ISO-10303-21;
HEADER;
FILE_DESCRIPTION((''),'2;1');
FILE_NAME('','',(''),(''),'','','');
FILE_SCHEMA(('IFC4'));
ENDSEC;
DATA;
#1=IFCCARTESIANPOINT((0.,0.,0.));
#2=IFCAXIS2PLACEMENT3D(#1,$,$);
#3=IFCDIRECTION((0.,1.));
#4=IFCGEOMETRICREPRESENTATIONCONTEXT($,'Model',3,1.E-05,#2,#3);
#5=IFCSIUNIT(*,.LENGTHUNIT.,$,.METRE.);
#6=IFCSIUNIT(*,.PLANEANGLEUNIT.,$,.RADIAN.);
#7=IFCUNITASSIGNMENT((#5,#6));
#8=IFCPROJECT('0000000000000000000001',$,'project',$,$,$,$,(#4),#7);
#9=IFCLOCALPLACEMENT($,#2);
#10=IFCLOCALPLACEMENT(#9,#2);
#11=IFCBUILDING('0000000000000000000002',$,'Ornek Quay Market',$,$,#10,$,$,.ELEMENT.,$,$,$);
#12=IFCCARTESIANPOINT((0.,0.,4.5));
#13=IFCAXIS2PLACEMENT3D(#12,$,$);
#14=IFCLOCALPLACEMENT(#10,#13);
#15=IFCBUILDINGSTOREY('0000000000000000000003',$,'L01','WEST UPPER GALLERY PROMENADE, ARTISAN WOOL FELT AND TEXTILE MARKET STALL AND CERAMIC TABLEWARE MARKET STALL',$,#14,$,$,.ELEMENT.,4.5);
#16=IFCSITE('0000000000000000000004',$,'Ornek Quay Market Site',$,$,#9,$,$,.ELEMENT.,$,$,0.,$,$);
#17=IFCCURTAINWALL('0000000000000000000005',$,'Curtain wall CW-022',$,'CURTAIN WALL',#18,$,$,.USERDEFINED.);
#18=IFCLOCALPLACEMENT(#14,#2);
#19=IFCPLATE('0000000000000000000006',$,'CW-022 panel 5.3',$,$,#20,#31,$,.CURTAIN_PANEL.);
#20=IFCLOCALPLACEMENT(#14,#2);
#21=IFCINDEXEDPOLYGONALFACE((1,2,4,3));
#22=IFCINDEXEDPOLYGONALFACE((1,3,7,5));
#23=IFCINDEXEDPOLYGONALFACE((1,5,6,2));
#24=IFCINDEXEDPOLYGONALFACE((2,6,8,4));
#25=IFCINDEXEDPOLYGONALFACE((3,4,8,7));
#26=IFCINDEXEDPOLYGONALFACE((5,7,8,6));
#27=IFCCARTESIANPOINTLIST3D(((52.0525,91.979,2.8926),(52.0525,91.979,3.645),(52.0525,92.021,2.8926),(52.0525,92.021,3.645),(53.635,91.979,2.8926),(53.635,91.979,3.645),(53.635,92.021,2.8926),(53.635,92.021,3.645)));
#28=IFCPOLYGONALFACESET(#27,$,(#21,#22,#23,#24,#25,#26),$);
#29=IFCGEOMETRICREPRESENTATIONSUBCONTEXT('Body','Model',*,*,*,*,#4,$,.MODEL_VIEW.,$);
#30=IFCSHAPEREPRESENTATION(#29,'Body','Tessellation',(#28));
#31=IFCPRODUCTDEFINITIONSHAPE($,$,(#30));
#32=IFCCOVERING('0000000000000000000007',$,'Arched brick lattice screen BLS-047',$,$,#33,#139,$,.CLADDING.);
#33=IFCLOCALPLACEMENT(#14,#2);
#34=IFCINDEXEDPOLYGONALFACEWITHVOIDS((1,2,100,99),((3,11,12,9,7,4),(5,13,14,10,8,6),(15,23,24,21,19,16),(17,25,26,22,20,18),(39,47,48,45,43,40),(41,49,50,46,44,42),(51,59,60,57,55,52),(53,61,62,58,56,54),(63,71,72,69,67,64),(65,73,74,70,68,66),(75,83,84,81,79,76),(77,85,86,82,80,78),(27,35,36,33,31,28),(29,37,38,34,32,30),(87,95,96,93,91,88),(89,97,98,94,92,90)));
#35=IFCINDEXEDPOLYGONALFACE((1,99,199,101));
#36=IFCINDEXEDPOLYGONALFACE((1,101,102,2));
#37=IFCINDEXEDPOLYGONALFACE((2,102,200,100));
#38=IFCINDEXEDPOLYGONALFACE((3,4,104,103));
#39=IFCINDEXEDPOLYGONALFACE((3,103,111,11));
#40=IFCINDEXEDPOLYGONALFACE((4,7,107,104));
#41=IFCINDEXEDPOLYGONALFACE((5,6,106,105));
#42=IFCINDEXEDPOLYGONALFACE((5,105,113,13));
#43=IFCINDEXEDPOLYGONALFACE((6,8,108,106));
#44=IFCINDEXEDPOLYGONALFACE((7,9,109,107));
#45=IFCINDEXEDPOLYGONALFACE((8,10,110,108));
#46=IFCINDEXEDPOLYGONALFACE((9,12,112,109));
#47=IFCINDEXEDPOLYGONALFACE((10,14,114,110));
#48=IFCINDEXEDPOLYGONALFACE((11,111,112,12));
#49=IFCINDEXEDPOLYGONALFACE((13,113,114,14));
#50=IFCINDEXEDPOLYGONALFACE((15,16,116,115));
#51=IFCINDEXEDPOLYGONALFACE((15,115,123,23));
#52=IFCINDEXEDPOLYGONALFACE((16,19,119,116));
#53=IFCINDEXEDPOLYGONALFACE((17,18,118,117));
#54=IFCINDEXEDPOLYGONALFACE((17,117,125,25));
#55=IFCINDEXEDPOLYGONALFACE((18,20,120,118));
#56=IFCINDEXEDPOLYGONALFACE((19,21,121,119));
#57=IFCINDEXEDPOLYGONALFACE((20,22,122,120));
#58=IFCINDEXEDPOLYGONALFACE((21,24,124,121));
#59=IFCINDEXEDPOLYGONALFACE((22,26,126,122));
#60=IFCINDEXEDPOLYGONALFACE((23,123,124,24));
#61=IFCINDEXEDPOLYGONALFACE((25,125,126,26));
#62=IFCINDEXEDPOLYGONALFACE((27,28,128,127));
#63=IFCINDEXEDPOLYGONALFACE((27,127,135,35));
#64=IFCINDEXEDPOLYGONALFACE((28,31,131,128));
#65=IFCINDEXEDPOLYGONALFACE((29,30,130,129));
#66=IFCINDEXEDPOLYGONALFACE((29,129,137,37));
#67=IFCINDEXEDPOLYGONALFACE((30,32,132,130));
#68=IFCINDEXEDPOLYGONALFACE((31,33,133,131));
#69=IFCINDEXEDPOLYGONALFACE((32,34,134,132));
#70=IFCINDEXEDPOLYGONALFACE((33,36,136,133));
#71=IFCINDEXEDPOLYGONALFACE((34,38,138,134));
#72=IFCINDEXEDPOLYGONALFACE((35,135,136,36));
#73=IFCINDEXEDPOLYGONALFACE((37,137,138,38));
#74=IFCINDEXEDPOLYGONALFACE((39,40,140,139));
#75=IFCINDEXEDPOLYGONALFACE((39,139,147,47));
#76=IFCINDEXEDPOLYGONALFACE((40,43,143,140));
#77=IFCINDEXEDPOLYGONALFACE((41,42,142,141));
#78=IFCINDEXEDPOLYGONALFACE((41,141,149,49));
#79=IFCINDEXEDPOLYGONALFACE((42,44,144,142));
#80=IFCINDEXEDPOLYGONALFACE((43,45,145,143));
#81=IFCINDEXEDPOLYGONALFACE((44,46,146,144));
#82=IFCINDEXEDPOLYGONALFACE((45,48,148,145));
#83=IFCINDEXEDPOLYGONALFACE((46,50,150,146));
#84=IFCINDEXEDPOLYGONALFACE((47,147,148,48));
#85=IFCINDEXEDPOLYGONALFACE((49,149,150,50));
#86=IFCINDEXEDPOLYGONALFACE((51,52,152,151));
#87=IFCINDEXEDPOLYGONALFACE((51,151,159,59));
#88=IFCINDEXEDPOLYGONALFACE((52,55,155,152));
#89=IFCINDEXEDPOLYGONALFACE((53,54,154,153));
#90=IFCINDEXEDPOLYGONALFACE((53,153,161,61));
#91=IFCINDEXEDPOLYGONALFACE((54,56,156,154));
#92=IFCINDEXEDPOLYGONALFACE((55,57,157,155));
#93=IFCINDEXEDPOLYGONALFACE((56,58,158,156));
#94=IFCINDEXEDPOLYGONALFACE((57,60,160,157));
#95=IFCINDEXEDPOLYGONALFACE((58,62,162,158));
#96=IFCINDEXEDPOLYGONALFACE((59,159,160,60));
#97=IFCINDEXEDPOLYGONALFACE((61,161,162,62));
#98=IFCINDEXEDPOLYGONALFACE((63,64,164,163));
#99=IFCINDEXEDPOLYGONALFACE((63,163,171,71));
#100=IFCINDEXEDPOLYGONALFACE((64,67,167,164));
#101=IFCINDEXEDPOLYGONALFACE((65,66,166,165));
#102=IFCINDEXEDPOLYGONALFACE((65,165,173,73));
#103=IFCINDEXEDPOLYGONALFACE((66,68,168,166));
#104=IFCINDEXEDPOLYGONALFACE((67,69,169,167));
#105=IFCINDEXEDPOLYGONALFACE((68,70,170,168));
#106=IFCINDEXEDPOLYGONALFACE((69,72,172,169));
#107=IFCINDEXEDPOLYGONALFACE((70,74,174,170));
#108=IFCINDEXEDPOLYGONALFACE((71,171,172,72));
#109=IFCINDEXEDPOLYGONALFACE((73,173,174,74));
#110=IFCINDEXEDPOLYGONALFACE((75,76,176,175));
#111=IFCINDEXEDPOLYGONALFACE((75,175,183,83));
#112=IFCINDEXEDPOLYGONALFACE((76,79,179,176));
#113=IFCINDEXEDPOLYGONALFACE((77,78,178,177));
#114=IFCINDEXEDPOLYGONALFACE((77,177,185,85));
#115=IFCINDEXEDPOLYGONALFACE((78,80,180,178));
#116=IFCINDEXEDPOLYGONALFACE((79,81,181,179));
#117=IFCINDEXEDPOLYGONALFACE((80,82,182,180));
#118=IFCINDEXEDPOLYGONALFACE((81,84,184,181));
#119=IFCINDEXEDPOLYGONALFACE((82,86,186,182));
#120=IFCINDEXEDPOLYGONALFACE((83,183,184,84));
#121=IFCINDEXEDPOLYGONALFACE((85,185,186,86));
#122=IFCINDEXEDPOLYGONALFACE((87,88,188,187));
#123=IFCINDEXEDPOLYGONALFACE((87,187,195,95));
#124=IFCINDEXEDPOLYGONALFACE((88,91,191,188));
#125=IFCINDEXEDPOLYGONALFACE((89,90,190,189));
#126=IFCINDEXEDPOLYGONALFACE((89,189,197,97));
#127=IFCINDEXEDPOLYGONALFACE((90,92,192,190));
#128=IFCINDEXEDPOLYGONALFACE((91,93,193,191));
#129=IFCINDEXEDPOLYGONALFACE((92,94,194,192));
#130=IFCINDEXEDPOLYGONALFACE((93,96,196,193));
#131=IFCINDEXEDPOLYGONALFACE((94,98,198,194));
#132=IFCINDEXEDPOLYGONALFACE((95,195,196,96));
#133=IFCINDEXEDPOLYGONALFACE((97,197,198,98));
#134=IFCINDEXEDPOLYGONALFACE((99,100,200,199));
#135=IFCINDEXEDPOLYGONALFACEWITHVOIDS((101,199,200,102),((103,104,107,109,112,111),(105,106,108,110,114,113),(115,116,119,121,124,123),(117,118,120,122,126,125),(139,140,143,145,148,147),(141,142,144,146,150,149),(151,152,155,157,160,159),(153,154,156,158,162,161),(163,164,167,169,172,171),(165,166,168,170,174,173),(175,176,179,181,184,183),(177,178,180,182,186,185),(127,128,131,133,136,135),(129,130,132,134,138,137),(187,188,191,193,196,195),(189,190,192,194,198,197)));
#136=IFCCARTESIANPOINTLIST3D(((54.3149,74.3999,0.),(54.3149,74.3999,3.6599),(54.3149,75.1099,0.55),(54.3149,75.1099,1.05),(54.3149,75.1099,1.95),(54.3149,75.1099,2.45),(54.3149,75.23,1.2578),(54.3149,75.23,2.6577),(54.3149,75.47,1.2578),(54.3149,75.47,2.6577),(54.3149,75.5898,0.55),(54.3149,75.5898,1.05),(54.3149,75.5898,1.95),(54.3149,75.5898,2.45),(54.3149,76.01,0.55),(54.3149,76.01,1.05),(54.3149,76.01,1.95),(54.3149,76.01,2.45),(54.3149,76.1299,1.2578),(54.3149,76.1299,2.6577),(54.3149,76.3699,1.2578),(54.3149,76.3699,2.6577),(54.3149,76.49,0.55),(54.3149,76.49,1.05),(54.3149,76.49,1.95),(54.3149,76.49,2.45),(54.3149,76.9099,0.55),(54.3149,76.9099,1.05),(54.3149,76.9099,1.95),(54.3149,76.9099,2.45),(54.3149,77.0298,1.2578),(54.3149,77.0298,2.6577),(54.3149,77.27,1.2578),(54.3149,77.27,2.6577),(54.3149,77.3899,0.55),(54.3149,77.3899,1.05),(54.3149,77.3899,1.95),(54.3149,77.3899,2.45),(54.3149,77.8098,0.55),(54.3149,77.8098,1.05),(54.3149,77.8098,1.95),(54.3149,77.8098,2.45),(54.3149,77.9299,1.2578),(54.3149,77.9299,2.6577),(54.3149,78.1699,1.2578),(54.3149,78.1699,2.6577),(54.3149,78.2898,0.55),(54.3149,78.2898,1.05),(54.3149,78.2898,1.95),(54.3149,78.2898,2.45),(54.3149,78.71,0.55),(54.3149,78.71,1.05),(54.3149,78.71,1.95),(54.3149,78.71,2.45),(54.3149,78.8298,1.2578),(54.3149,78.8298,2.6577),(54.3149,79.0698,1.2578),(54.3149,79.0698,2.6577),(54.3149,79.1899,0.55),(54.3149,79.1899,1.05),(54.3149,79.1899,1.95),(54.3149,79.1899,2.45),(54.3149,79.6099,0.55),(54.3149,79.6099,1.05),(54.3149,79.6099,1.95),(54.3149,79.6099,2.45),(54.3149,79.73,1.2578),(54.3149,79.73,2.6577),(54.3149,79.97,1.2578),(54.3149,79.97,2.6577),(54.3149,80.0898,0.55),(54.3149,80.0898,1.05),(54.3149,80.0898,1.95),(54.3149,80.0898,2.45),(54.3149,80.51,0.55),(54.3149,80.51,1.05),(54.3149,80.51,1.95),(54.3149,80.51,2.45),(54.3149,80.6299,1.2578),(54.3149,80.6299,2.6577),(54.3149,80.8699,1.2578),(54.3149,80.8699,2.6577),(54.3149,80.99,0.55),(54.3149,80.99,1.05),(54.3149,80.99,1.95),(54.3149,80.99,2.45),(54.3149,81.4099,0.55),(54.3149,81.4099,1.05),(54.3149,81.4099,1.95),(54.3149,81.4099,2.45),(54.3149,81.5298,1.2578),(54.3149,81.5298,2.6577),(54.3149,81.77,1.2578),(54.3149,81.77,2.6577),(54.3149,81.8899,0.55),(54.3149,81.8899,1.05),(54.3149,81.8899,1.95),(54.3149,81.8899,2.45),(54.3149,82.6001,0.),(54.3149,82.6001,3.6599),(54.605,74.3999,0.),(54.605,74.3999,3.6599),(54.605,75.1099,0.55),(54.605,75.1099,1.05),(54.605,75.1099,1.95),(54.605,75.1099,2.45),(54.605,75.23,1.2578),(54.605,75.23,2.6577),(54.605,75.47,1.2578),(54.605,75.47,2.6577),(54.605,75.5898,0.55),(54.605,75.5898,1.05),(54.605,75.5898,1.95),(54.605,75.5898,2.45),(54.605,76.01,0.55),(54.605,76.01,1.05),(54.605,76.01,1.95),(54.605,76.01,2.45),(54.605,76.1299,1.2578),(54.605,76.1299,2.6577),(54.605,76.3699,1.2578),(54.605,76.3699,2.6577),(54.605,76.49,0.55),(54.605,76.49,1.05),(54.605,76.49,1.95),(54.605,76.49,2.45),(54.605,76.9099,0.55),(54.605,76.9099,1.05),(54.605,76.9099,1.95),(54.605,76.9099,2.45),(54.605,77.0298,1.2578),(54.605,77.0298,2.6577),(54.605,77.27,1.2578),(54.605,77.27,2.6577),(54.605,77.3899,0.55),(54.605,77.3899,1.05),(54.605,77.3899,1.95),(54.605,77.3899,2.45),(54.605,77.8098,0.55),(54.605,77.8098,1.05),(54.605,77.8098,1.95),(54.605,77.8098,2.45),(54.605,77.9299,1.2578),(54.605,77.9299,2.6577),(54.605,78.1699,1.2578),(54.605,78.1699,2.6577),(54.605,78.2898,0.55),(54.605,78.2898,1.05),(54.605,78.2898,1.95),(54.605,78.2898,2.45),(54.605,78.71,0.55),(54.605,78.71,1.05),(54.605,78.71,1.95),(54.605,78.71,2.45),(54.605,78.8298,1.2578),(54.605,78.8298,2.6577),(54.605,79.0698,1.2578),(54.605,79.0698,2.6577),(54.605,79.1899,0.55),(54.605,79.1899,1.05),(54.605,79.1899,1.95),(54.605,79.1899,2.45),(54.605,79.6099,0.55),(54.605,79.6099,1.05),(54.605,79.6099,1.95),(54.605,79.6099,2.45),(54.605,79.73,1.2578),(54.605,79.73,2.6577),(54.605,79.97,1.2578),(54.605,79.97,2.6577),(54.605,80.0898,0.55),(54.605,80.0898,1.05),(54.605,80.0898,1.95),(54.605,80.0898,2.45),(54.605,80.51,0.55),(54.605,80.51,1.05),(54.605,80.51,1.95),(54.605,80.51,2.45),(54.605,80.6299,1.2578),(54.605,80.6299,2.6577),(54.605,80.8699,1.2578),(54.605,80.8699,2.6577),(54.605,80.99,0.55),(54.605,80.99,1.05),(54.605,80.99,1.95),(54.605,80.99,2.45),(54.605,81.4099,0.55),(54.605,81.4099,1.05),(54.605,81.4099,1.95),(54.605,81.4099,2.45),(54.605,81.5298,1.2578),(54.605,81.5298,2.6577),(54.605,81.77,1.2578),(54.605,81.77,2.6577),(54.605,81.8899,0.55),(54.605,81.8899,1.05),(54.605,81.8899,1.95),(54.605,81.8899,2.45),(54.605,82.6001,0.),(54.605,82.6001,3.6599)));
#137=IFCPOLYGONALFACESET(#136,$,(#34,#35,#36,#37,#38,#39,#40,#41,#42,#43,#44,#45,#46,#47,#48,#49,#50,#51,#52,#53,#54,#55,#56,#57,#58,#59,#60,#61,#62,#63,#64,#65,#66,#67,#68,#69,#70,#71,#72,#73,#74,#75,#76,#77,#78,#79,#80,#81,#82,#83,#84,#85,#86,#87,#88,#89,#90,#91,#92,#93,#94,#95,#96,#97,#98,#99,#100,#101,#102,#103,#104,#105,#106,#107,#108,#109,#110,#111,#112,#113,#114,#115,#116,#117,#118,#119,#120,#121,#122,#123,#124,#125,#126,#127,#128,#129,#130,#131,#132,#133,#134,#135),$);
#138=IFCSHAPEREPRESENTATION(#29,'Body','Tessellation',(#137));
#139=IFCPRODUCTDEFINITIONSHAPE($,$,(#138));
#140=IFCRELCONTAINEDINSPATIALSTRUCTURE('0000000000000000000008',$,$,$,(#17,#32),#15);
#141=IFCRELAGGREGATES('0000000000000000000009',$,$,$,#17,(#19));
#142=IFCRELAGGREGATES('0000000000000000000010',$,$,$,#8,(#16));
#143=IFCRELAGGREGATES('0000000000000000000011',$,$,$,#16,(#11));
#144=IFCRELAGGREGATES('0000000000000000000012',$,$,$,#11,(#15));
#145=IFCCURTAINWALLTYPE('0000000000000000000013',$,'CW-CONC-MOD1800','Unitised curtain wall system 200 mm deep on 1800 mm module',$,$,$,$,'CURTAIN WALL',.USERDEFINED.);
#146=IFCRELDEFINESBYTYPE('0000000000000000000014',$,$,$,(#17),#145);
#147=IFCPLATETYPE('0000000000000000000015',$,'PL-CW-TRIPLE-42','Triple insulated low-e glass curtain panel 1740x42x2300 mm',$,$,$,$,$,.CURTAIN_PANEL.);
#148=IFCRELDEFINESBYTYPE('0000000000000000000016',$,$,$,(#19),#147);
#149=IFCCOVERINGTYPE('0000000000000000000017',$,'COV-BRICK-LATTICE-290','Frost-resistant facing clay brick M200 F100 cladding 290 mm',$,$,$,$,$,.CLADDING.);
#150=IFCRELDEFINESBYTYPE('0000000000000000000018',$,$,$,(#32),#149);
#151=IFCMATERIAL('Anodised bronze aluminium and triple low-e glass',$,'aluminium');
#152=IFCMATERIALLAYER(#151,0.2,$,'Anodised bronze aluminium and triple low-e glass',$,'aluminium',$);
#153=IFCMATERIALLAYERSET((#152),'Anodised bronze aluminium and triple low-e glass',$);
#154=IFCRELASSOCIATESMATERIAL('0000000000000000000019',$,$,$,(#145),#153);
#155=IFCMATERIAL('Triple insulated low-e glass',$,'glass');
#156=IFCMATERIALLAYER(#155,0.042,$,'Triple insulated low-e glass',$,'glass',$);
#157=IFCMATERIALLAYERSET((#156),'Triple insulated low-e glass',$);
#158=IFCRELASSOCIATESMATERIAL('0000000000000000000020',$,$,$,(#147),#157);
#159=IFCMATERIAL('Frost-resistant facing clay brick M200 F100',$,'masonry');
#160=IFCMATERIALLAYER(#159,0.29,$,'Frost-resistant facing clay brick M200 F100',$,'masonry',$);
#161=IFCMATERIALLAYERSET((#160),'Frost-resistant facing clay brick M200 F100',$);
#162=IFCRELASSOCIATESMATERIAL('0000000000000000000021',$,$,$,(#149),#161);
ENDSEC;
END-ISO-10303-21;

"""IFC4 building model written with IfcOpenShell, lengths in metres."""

from ifc_helpers import new_model, si_unit, direction, frame, origin, origin_2d, place, context, subcontext, project, spatial, polyline, rectangle, outline, extrude, material, layer, layer_set, type_object, element, aggregate, save


model = new_model("IFC4")

# Units and contexts
model_context = context("Model", 3, precision=1e-05, world=origin(), true_north=direction((0.0, 1.0)))
body_context = subcontext(model_context, "Body", "Model", "MODEL_VIEW")
ifc_project = project(units=[si_unit("LENGTHUNIT", "METRE"), si_unit("PLANEANGLEUNIT", "RADIAN")], contexts=[model_context])

# Site, building, storey
site_placement = place(None, origin())
site = spatial("IfcSite", under=ifc_project, at=site_placement, Name="Ornek Quay Market Site", CompositionType="ELEMENT", RefElevation=0.0)
building_placement = place(site_placement, origin())
building = spatial("IfcBuilding", under=site, at=building_placement, Name="Ornek Quay Market", CompositionType="ELEMENT")
storey_placement = place(building_placement, frame((0.0, 0.0, 4.5)))
storey = spatial("IfcBuildingStorey", under=building, at=storey_placement, Name="L01", Description="WEST UPPER GALLERY PROMENADE, ARTISAN WOOL FELT AND TEXTILE MARKET STALL AND CERAMIC TABLEWARE MARKET STALL", CompositionType="ELEMENT", Elevation=4.5)

# Curtain wall, plate
ifc_material_1 = material(Name="Anodised bronze aluminium and triple low-e glass", Category="aluminium")
ifc_layer_1 = layer(ifc_material_1, 0.2, Name="Anodised bronze aluminium and triple low-e glass", Category="aluminium")
ifc_layer_set_1 = layer_set([ifc_layer_1], Name="Anodised bronze aluminium and triple low-e glass")
curtain_wall_type = type_object("IfcCurtainWallType", Name="CW-CONC-MOD1800", Description="Unitised curtain wall system 200 mm deep on 1800 mm module", ElementType="CURTAIN WALL", PredefinedType="USERDEFINED", material=ifc_layer_set_1)
curtain_wall_placement = place(storey_placement, origin())
curtain_wall = element("IfcCurtainWall", 1, at=curtain_wall_placement, inside=storey, type_object=curtain_wall_type, Name="Curtain wall CW-022", ObjectType="CURTAIN WALL", PredefinedType="USERDEFINED")
ifc_material_2 = material(Name="Triple insulated low-e glass", Category="glass")
ifc_layer_2 = layer(ifc_material_2, 0.042, Name="Triple insulated low-e glass", Category="glass")
ifc_layer_set_2 = layer_set([ifc_layer_2], Name="Triple insulated low-e glass")
plate_type = type_object("IfcPlateType", Name="PL-CW-TRIPLE-42", Description="Triple insulated low-e glass curtain panel 1740x42x2300 mm", PredefinedType="CURTAIN_PANEL", material=ifc_layer_set_2)
plate_1_placement = place(storey_placement, frame((52.8438, 92.0, 2.8926), z_axis=(0.0, 0.0, 1.0), x_axis=(1.0, 0.0, 0.0)))
plate_1 = element("IfcPlate", 2, at=plate_1_placement, type_object=plate_type, Name="CW-022 panel 5.3", PredefinedType="CURTAIN_PANEL", context=body_context, shape_type="SweptSolid", body=[
    extrude(rectangle(XDim=1.5825, YDim=0.042, at=origin_2d()), origin(), (0.0, 0.0, 1.0), 0.7524),
])
aggregate(curtain_wall, [plate_1])

# Covering
ifc_material_3 = material(Name="Frost-resistant facing clay brick M200 F100", Category="masonry")
ifc_layer_3 = layer(ifc_material_3, 0.29, Name="Frost-resistant facing clay brick M200 F100", Category="masonry")
ifc_layer_set_3 = layer_set([ifc_layer_3], Name="Frost-resistant facing clay brick M200 F100")
covering_type = type_object("IfcCoveringType", Name="COV-BRICK-LATTICE-290", Description="Frost-resistant facing clay brick M200 F100 cladding 290 mm", PredefinedType="CLADDING", material=ifc_layer_set_3)
covering_1_placement = place(storey_placement, frame((54.46, 74.3999, 0.0), z_axis=(0.0, 0.0, 1.0), x_axis=(0.0, 1.0, 0.0)))
element("IfcCovering", 3, at=covering_1_placement, inside=storey, type_object=covering_type, Name="Arched brick lattice screen BLS-047", PredefinedType="CLADDING", context=body_context, shape_type="SweptSolid", body=[
    extrude(outline(polyline([(0.0, 0.0), (8.2002, 0.0), (8.2002, 3.6599), (0.0, 3.6599), (0.0, 0.0)]), holes=[polyline([(0.71, 0.55), (1.1899, 0.55), (1.1899, 1.05), (1.0701, 1.2578), (0.8301, 1.2578), (0.71, 1.05), (0.71, 0.55)]), polyline([(0.71, 1.95), (1.1899, 1.95), (1.1899, 2.45), (1.0701, 2.6577), (0.8301, 2.6577), (0.71, 2.45), (0.71, 1.95)]), polyline([(1.6101, 0.55), (2.0901, 0.55), (2.0901, 1.05), (1.97, 1.2578), (1.73, 1.2578), (1.6101, 1.05), (1.6101, 0.55)]), polyline([(1.6101, 1.95), (2.0901, 1.95), (2.0901, 2.45), (1.97, 2.6577), (1.73, 2.6577), (1.6101, 2.45), (1.6101, 1.95)]), polyline([(2.51, 0.55), (2.99, 0.55), (2.99, 1.05), (2.8701, 1.2578), (2.6299, 1.2578), (2.51, 1.05), (2.51, 0.55)]), polyline([(2.51, 1.95), (2.99, 1.95), (2.99, 2.45), (2.8701, 2.6577), (2.6299, 2.6577), (2.51, 2.45), (2.51, 1.95)]), polyline([(3.4099, 0.55), (3.8899, 0.55), (3.8899, 1.05), (3.77, 1.2578), (3.53, 1.2578), (3.4099, 1.05), (3.4099, 0.55)]), polyline([(3.4099, 1.95), (3.8899, 1.95), (3.8899, 2.45), (3.77, 2.6577), (3.53, 2.6577), (3.4099, 2.45), (3.4099, 1.95)]), polyline([(4.3101, 0.55), (4.79, 0.55), (4.79, 1.05), (4.6699, 1.2578), (4.4299, 1.2578), (4.3101, 1.05), (4.3101, 0.55)]), polyline([(4.3101, 1.95), (4.79, 1.95), (4.79, 2.45), (4.6699, 2.6577), (4.4299, 2.6577), (4.3101, 2.45), (4.3101, 1.95)]), polyline([(5.21, 0.55), (5.6899, 0.55), (5.6899, 1.05), (5.5701, 1.2578), (5.3301, 1.2578), (5.21, 1.05), (5.21, 0.55)]), polyline([(5.21, 1.95), (5.6899, 1.95), (5.6899, 2.45), (5.5701, 2.6577), (5.3301, 2.6577), (5.21, 2.45), (5.21, 1.95)]), polyline([(6.1101, 0.55), (6.5901, 0.55), (6.5901, 1.05), (6.47, 1.2578), (6.23, 1.2578), (6.1101, 1.05), (6.1101, 0.55)]), polyline([(6.1101, 1.95), (6.5901, 1.95), (6.5901, 2.45), (6.47, 2.6577), (6.23, 2.6577), (6.1101, 2.45), (6.1101, 1.95)]), polyline([(7.01, 0.55), (7.49, 0.55), (7.49, 1.05), (7.3701, 1.2578), (7.1299, 1.2578), (7.01, 1.05), (7.01, 0.55)]), polyline([(7.01, 1.95), (7.49, 1.95), (7.49, 2.45), (7.3701, 2.6577), (7.1299, 2.6577), (7.01, 2.45), (7.01, 1.95)])]), frame((0.0, 0.145, 0.0), z_axis=(0.0, -1.0, 0.0), x_axis=(1.0, 0.0, 0.0)), (0.0, 0.0, 1.0), 0.29),
])

save(model, "model.ifc")
